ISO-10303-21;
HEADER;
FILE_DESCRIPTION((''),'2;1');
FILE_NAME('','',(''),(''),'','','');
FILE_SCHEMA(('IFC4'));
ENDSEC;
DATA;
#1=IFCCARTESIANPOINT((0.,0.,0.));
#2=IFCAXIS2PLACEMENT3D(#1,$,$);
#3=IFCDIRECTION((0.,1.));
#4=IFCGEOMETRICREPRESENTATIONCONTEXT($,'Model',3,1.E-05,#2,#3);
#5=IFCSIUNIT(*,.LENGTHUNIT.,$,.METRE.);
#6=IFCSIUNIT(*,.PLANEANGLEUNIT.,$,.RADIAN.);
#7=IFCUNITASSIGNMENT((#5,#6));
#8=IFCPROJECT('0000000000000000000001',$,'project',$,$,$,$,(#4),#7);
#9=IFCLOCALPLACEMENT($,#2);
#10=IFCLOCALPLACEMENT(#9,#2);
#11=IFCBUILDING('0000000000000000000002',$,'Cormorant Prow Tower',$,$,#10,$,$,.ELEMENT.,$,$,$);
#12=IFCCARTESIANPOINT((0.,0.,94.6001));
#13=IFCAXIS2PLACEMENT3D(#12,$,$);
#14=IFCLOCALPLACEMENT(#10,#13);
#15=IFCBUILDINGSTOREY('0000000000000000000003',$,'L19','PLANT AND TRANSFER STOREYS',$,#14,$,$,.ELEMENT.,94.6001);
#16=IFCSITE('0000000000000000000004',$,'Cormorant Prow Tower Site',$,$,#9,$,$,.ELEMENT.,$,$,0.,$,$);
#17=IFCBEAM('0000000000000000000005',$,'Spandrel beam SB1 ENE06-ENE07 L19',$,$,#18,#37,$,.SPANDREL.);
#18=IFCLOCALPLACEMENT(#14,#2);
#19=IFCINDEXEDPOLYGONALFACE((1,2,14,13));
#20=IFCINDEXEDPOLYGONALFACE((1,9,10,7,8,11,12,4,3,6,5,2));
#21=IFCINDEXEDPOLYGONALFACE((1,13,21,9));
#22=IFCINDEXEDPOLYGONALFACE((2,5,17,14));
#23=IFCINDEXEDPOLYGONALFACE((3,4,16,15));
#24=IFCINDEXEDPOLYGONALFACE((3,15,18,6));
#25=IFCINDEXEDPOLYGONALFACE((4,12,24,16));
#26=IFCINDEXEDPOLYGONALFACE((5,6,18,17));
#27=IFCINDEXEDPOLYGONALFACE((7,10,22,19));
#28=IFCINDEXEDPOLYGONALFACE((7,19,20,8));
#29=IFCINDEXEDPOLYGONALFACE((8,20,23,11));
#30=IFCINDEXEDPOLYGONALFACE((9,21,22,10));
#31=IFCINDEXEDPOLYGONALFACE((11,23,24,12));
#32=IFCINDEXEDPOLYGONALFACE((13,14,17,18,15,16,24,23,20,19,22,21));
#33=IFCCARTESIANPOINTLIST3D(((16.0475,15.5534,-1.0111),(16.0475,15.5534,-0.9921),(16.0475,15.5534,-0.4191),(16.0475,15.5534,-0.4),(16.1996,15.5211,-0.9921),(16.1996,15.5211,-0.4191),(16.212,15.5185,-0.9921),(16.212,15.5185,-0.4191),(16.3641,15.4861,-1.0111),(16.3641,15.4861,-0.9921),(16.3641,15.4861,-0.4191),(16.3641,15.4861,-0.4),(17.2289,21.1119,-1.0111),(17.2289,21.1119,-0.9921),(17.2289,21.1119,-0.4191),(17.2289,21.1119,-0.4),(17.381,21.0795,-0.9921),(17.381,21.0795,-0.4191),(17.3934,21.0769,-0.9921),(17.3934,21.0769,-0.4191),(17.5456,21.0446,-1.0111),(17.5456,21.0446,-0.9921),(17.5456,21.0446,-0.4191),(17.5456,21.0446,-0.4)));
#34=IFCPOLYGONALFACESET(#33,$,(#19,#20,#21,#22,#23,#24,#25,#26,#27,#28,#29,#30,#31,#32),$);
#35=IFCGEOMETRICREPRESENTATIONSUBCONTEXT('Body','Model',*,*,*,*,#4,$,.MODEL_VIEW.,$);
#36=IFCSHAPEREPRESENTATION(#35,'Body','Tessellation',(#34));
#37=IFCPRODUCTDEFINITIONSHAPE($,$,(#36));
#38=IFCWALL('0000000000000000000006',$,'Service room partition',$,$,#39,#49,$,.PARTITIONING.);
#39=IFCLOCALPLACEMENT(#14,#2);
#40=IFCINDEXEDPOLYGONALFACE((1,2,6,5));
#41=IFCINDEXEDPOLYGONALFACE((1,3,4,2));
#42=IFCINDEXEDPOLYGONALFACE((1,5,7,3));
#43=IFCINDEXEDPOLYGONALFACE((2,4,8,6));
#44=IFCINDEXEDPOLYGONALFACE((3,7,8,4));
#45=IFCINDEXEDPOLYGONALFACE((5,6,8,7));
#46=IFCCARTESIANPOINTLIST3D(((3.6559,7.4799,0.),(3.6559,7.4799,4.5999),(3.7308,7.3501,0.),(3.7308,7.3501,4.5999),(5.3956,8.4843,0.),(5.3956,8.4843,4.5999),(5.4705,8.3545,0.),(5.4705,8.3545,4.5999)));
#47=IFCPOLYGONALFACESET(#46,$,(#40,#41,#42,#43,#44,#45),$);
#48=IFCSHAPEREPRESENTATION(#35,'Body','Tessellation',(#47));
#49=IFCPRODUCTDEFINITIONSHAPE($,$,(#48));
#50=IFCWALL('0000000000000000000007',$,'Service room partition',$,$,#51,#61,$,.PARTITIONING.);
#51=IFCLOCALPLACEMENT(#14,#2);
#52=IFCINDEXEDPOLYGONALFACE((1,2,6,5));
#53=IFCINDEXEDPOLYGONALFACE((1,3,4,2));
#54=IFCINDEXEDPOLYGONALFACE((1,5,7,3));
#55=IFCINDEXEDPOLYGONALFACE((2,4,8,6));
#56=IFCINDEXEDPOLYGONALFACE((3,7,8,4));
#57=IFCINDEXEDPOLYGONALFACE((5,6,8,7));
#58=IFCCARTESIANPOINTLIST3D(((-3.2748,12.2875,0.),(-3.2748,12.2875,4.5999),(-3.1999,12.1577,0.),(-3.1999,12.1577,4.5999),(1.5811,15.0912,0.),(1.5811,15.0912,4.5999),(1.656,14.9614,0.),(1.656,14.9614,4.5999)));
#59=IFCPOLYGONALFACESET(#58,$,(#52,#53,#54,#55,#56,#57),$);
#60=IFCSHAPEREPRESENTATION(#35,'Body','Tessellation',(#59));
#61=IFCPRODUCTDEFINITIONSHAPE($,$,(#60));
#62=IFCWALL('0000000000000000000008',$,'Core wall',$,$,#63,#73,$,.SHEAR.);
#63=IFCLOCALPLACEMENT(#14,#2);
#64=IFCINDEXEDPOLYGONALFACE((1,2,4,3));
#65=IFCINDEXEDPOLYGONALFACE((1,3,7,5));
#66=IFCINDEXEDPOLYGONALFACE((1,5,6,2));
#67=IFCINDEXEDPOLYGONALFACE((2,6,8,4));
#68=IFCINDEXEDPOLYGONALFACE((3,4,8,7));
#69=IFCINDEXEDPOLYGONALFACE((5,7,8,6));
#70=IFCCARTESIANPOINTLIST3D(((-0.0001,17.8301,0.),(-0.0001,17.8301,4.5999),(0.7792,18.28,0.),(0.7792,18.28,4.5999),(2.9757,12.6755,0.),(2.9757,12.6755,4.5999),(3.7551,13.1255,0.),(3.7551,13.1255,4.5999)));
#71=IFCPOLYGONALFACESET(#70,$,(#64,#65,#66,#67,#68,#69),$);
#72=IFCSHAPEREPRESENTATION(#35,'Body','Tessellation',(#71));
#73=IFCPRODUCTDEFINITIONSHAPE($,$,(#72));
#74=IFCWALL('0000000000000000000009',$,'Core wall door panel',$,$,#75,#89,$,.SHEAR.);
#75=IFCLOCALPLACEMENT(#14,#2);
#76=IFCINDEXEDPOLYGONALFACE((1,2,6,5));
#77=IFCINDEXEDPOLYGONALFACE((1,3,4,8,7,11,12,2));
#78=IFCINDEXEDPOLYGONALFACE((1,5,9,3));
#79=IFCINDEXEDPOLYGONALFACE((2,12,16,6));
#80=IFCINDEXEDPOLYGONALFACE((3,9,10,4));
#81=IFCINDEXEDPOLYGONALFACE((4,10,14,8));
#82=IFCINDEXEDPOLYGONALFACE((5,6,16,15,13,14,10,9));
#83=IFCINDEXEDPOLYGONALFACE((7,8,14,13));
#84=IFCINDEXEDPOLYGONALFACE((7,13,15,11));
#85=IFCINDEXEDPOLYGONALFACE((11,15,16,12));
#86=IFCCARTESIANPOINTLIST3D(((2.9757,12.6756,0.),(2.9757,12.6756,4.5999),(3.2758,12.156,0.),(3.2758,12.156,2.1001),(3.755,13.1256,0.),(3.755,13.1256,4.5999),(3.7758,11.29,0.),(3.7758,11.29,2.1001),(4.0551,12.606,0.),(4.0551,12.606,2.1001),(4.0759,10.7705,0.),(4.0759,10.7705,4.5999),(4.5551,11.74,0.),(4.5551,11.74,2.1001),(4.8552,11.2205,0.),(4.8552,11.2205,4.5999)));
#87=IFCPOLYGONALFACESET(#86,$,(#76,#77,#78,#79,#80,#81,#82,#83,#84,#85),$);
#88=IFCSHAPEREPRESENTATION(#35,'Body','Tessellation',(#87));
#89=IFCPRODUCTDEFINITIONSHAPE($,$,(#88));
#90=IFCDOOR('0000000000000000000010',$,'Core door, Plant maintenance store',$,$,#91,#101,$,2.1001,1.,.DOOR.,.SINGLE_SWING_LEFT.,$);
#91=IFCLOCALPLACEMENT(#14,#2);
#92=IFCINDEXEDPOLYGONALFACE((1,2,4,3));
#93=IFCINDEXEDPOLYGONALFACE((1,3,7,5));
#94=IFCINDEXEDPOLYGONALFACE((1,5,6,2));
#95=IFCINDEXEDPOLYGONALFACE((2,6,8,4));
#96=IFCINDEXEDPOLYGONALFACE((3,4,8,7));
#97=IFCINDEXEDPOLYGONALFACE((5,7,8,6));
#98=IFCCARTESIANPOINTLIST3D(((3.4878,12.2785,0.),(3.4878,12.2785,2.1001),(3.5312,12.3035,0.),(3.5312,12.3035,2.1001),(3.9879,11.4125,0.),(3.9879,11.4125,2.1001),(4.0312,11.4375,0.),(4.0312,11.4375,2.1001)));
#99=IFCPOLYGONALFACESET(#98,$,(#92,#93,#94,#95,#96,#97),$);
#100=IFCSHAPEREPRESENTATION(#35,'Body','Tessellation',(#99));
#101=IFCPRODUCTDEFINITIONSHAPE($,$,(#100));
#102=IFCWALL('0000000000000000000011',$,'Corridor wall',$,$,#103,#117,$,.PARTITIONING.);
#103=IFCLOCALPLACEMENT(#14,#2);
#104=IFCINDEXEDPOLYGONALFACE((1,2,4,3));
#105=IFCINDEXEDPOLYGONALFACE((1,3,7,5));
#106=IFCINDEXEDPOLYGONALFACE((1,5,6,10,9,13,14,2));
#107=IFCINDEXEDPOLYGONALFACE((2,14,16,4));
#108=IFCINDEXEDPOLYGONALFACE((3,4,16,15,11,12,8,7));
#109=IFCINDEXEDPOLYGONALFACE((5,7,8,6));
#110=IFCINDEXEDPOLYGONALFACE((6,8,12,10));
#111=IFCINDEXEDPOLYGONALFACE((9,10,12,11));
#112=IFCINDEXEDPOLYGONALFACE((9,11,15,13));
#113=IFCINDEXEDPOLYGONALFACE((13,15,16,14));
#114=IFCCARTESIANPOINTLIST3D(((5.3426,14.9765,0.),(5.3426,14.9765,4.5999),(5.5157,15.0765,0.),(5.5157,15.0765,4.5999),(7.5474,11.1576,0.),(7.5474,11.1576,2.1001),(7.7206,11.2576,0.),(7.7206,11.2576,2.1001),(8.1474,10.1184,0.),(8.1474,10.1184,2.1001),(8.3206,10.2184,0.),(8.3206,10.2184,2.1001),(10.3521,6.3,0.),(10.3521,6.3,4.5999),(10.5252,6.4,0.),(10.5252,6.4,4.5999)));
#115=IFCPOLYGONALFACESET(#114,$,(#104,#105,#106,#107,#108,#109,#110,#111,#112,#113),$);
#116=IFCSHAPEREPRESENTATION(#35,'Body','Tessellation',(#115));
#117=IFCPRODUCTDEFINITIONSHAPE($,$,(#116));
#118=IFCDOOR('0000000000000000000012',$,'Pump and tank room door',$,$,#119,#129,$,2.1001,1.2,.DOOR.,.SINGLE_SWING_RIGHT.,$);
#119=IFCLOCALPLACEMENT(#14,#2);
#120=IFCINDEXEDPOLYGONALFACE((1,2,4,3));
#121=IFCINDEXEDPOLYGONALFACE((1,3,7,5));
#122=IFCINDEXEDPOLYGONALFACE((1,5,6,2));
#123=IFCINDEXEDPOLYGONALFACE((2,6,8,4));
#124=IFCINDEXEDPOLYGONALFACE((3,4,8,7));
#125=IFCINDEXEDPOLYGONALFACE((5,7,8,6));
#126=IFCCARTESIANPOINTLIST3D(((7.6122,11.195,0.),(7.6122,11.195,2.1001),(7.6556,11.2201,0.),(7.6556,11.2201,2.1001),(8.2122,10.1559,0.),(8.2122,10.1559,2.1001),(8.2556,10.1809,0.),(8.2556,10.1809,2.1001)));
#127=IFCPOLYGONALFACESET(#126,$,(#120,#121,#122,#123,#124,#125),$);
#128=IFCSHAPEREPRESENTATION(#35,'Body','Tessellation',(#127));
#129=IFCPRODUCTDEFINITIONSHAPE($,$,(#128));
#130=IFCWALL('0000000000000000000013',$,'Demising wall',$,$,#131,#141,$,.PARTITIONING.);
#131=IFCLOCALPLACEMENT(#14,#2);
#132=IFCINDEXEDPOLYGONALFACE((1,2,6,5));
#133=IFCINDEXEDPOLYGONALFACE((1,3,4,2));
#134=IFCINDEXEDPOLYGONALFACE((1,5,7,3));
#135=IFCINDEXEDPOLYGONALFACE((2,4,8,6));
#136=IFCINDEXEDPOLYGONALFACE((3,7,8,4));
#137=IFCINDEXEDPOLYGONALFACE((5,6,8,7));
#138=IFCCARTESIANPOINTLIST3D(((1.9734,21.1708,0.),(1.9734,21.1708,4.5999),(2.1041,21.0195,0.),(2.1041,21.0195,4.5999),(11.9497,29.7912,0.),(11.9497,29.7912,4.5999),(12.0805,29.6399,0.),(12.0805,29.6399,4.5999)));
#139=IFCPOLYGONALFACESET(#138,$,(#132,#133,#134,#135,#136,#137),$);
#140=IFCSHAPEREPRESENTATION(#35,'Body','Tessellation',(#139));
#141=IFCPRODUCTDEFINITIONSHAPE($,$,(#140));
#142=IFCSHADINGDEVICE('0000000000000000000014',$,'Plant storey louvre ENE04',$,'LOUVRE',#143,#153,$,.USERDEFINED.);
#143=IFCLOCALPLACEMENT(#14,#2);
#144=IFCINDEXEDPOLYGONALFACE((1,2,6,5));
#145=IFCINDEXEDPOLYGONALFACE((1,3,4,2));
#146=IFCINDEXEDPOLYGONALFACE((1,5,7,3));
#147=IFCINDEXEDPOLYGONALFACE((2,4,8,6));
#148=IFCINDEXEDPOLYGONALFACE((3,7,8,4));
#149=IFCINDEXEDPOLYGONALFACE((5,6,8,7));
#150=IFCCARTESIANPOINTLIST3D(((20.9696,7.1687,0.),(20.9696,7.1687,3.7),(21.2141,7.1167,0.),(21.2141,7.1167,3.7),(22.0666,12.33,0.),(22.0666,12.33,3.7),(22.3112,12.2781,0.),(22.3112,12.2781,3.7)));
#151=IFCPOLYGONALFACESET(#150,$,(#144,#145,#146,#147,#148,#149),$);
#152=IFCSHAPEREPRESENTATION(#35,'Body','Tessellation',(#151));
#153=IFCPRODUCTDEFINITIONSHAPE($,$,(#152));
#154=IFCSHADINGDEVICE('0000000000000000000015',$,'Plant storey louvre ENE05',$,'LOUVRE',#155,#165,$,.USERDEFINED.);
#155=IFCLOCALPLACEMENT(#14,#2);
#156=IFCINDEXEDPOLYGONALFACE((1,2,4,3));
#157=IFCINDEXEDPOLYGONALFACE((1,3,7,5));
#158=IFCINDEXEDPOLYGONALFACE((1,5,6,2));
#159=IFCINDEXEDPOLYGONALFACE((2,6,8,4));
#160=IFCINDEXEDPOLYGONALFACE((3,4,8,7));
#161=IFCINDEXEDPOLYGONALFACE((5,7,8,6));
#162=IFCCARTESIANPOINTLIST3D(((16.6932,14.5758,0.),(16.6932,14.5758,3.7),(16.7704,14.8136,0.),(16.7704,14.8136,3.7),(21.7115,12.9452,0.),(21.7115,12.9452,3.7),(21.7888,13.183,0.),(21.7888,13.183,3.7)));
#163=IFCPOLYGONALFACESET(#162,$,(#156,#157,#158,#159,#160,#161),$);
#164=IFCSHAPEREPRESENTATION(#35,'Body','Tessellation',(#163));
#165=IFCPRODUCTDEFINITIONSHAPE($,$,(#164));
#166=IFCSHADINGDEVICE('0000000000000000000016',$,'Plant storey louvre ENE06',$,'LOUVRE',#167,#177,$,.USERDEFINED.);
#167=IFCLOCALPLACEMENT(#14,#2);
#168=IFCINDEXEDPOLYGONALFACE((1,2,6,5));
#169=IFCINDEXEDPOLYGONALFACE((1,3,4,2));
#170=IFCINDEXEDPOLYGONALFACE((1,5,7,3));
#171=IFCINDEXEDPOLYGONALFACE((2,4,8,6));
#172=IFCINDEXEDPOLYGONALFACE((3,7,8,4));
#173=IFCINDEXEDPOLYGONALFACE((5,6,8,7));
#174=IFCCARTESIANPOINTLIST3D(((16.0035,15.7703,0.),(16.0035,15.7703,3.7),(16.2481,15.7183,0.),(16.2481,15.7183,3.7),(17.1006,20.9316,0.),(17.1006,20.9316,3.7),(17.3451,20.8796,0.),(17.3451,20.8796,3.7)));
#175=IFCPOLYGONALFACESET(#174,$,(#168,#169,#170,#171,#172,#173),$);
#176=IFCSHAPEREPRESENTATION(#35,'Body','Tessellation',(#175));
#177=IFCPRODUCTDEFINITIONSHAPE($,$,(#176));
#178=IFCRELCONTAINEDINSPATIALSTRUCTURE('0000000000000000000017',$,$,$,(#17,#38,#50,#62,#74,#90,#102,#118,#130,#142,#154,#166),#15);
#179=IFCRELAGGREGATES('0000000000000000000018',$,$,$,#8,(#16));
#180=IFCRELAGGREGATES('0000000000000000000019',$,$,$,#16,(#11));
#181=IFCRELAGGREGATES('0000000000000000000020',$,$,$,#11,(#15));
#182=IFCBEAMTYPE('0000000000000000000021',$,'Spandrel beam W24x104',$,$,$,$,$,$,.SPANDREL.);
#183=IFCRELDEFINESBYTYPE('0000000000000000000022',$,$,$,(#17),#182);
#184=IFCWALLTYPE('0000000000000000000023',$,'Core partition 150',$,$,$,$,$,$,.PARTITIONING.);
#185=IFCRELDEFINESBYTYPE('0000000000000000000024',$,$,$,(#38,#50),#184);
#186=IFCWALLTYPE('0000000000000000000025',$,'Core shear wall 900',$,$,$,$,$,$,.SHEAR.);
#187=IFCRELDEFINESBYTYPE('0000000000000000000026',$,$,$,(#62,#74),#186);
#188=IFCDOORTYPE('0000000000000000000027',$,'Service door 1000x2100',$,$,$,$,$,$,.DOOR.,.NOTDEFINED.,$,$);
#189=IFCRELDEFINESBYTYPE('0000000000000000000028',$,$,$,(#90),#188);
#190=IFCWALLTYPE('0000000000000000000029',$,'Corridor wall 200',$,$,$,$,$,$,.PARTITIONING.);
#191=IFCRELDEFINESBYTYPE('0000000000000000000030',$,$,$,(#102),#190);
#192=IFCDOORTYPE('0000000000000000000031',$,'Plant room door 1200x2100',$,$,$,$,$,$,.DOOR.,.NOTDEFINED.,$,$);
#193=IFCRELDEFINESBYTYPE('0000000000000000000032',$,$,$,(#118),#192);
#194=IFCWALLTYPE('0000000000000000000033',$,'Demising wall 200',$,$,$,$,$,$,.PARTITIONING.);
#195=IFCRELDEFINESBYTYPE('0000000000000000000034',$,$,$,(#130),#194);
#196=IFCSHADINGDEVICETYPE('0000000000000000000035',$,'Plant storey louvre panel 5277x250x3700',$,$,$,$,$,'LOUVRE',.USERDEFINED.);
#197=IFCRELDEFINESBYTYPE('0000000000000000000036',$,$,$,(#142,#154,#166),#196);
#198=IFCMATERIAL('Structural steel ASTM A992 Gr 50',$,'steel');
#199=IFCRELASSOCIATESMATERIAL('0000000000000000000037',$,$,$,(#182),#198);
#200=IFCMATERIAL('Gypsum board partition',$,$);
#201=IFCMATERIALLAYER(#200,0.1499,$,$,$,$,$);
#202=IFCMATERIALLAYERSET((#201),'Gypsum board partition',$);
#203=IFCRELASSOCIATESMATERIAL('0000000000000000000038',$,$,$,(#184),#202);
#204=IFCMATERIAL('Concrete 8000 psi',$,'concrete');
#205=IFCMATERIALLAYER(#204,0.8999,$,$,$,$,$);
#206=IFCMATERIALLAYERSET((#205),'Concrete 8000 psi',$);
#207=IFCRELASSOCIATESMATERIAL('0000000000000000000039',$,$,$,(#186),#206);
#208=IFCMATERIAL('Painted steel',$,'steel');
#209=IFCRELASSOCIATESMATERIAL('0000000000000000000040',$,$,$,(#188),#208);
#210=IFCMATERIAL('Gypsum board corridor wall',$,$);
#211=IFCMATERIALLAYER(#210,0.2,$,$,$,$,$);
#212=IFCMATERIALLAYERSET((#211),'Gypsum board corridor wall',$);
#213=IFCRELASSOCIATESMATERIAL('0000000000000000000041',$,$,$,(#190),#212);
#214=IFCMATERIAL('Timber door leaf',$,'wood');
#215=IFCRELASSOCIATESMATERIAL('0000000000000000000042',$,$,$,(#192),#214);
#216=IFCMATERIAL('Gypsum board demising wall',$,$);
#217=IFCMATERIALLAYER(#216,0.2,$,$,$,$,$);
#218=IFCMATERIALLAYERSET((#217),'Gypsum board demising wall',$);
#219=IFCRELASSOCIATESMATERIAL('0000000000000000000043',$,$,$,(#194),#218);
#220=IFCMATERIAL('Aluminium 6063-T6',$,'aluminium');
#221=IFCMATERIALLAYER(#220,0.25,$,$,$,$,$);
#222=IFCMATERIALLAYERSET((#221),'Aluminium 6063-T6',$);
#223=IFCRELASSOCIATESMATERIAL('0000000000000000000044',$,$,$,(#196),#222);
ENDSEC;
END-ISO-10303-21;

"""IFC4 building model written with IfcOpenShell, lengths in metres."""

from ifc_helpers import new_model, si_unit, direction, frame, frame_2d, origin, origin_2d, place, context, subcontext, project, spatial, rectangle, i_section, extrude, material, layer, layer_set, material_profile, profile_set, type_object, element, fill, save


model = new_model("IFC4")

# Units and contexts
model_context = context("Model", 3, precision=1e-05, world=origin(), true_north=direction((0.0, 1.0)))
body_context = subcontext(model_context, "Body", "Model", "MODEL_VIEW")
ifc_project = project(units=[si_unit("LENGTHUNIT", "METRE"), si_unit("PLANEANGLEUNIT", "RADIAN")], contexts=[model_context])

# Site, building, storey
site_placement = place(None, origin())
site = spatial("IfcSite", under=ifc_project, at=site_placement, Name="Cormorant Prow Tower Site", CompositionType="ELEMENT", RefElevation=0.0)
building_placement = place(site_placement, origin())
building = spatial("IfcBuilding", under=site, at=building_placement, Name="Cormorant Prow Tower", CompositionType="ELEMENT")
storey_placement = place(building_placement, frame((0.0, 0.0, 94.6001)))
storey = spatial("IfcBuildingStorey", under=building, at=storey_placement, Name="L19", Description="PLANT AND TRANSFER STOREYS", CompositionType="ELEMENT", Elevation=94.6001)

# Beam
ifc_material_1 = material(Name="Structural steel ASTM A992 Gr 50", Category="steel")
ifc_material_profile_1 = material_profile(ifc_material_1, i_section(OverallWidth=0.3237, OverallDepth=0.6111, WebThickness=0.0127, FlangeThickness=0.019, at=origin_2d()), Name="W24x104")
ifc_profile_set_1 = profile_set([ifc_material_profile_1], Name="Structural steel ASTM A992 Gr 50")
beam_type_1 = type_object("IfcBeamType", Name="Spandrel beam W24x104", PredefinedType="SPANDREL", material=ifc_profile_set_1)
beam_1_placement = place(storey_placement, frame((16.2058, 15.5198, -0.7056), z_axis=(0.2079, 0.97815, 0.0), x_axis=(-0.97815, 0.2079, 0.0)))
element("IfcBeam", 1, at=beam_1_placement, inside=storey, type_object=beam_type_1, Name="Spandrel beam SB1 ENE06-ENE07 L19", PredefinedType="SPANDREL", context=body_context, shape_type="SweptSolid", body=[
    extrude(i_section(OverallWidth=0.3237, OverallDepth=0.6111, WebThickness=0.0127, FlangeThickness=0.019, at=origin_2d()), origin(), (0.0, 0.0, 1.0), 5.6826),
])

# Walls
ifc_material_2 = material(Name="Gypsum board partition")
ifc_layer_1 = layer(ifc_material_2, 0.1499)
ifc_layer_set_1 = layer_set([ifc_layer_1], Name="Gypsum board partition")
wall_type_1 = type_object("IfcWallType", Name="Core partition 150", PredefinedType="PARTITIONING", material=ifc_layer_set_1)
wall_1_placement = place(storey_placement, frame((3.6934, 7.415, 0.0), z_axis=(0.0, 0.0, 1.0), x_axis=(0.866036, 0.499982, 0.0)))
element("IfcWall", 2, at=wall_1_placement, inside=storey, type_object=wall_type_1, Name="Service room partition", PredefinedType="PARTITIONING", context=body_context, shape_type="SweptSolid", body=[
    extrude(rectangle(XDim=2.0088, YDim=0.1499, at=frame_2d((1.0044, 0.0))), origin(), (0.0, 0.0, 1.0), 4.5999),
])
wall_2_placement = place(storey_placement, frame((1.6187, 15.0264, 0.0), z_axis=(0.0, 0.0, 1.0), x_axis=(-0.866016, -0.500016, 0.0)))
element("IfcWall", 3, at=wall_2_placement, inside=storey, type_object=wall_type_1, Name="Service room partition", PredefinedType="PARTITIONING", context=body_context, shape_type="SweptSolid", body=[
    extrude(rectangle(XDim=5.6072, YDim=0.1499, at=frame_2d((2.8037, 0.0))), origin(), (0.0, 0.0, 1.0), 4.5999),
])
ifc_material_3 = material(Name="Concrete 8000 psi", Category="concrete")
ifc_layer_2 = layer(ifc_material_3, 0.8999)
ifc_layer_set_2 = layer_set([ifc_layer_2], Name="Concrete 8000 psi")
wall_type_2 = type_object("IfcWallType", Name="Core shear wall 900", PredefinedType="SHEAR", material=ifc_layer_set_2)
wall_3_placement = place(storey_placement, frame((3.3655, 12.9004, 0.0), z_axis=(0.0, 0.0, 1.0), x_axis=(-0.499982, 0.866036, 0.0)))
element("IfcWall", 4, at=wall_3_placement, inside=storey, type_object=wall_type_2, Name="Core wall", PredefinedType="SHEAR", context=body_context, shape_type="SweptSolid", body=[
    extrude(rectangle(XDim=5.9519, YDim=0.8999, at=frame_2d((2.9761, 0.0))), origin(), (0.0, 0.0, 1.0), 4.5999),
])

# Walls, openings, doors
wall_4_placement = place(storey_placement, frame((4.4656, 10.9954, 0.0), z_axis=(0.0, 0.0, 1.0), x_axis=(-0.500078, 0.86598, 0.0)))
wall_4 = element("IfcWall", 5, at=wall_4_placement, inside=storey, type_object=wall_type_2, Name="Core wall door panel", PredefinedType="SHEAR", context=body_context, shape_type="SweptSolid", body=[
    extrude(rectangle(XDim=2.2, YDim=0.8999, at=frame_2d((1.1001, 0.0))), origin(), (0.0, 0.0, 1.0), 4.5999),
])
opening_1_placement = place(wall_4_placement, frame((0.6001, 0.0, 0.0)))
opening_1 = element("IfcOpeningElement", 6, at=opening_1_placement, cuts=wall_4, PredefinedType="OPENING", context=body_context, shape_type="SweptSolid", body=[
    extrude(rectangle(XDim=1.0, YDim=2.1001, at=frame_2d((0.5, 1.05))), frame((0.0, 0.46, 0.0), z_axis=(0.0, -1.0, 0.0), x_axis=(1.0, 0.0, 0.0)), (0.0, 0.0, 1.0), 0.9199),
])
ifc_material_4 = material(Name="Painted steel", Category="steel")
door_type_1 = type_object("IfcDoorType", Name="Service door 1000x2100", OperationType="NOTDEFINED", PredefinedType="DOOR", material=ifc_material_4)
door_1_placement = place(opening_1_placement, origin())
door_1 = element("IfcDoor", 7, at=door_1_placement, inside=storey, type_object=door_type_1, Name="Core door, Plant maintenance store", OperationType="SINGLE_SWING_LEFT", OverallHeight=2.1001, OverallWidth=1.0, PredefinedType="DOOR", context=body_context, shape_type="SweptSolid", body=[
    extrude(rectangle(XDim=1.0, YDim=2.1001, at=frame_2d((0.5, 1.05))), frame((0.0, 0.2051, 0.0), z_axis=(0.0, -1.0, 0.0), x_axis=(1.0, 0.0, 0.0)), (0.0, 0.0, 1.0), 0.05),
])
fill(opening_1, door_1)
ifc_material_5 = material(Name="Gypsum board corridor wall")
ifc_layer_3 = layer(ifc_material_5, 0.2)
ifc_layer_set_3 = layer_set([ifc_layer_3], Name="Gypsum board corridor wall")
wall_type_3 = type_object("IfcWallType", Name="Corridor wall 200", PredefinedType="PARTITIONING", material=ifc_layer_set_3)
wall_5_placement = place(storey_placement, frame((5.4292, 15.0264, 0.0), z_axis=(0.0, 0.0, 1.0), x_axis=(0.50001, -0.86602, 0.0)))
wall_5 = element("IfcWall", 8, at=wall_5_placement, inside=storey, type_object=wall_type_3, Name="Corridor wall", PredefinedType="PARTITIONING", context=body_context, shape_type="SweptSolid", body=[
    extrude(rectangle(XDim=10.0188, YDim=0.2, at=frame_2d((5.0093, 0.0))), origin(), (0.0, 0.0, 1.0), 4.5999),
])
opening_2_placement = place(wall_5_placement, frame((4.4094, 0.0, 0.0)))
opening_2 = element("IfcOpeningElement", 9, at=opening_2_placement, cuts=wall_5, PredefinedType="OPENING", context=body_context, shape_type="SweptSolid", body=[
    extrude(rectangle(XDim=1.2, YDim=2.1001, at=frame_2d((0.6001, 1.05))), frame((0.0, 0.1099, 0.0), z_axis=(0.0, -1.0, 0.0), x_axis=(1.0, 0.0, 0.0)), (0.0, 0.0, 1.0), 0.22),
])
ifc_material_6 = material(Name="Timber door leaf", Category="wood")
door_type_2 = type_object("IfcDoorType", Name="Plant room door 1200x2100", OperationType="NOTDEFINED", PredefinedType="DOOR", material=ifc_material_6)
door_2_placement = place(opening_2_placement, origin())
door_2 = element("IfcDoor", 10, at=door_2_placement, inside=storey, type_object=door_type_2, Name="Pump and tank room door", OperationType="SINGLE_SWING_RIGHT", OverallHeight=2.1001, OverallWidth=1.2, PredefinedType="DOOR", context=body_context, shape_type="SweptSolid", body=[
    extrude(rectangle(XDim=1.2, YDim=2.1001, at=frame_2d((0.6001, 1.05))), frame((0.0, 0.0249, 0.0), z_axis=(0.0, -1.0, 0.0), x_axis=(1.0, 0.0, 0.0)), (0.0, 0.0, 1.0), 0.05),
])
fill(opening_2, door_2)

# Wall
ifc_material_7 = material(Name="Gypsum board demising wall")
ifc_layer_4 = layer(ifc_material_7, 0.2)
ifc_layer_set_4 = layer_set([ifc_layer_4], Name="Gypsum board demising wall")
wall_type_4 = type_object("IfcWallType", Name="Demising wall 200", PredefinedType="PARTITIONING", material=ifc_layer_set_4)
wall_6_placement = place(storey_placement, frame((2.0388, 21.0952, 0.0), z_axis=(0.0, 0.0, 1.0), x_axis=(0.756656, 0.653813, 0.0)))
element("IfcWall", 11, at=wall_6_placement, inside=storey, type_object=wall_type_4, Name="Demising wall", PredefinedType="PARTITIONING", context=body_context, shape_type="SweptSolid", body=[
    extrude(rectangle(XDim=13.1848, YDim=0.2, at=frame_2d((6.5923, 0.0))), origin(), (0.0, 0.0, 1.0), 4.5999),
])

# Shading devices
ifc_material_8 = material(Name="Aluminium 6063-T6", Category="aluminium")
ifc_layer_5 = layer(ifc_material_8, 0.25)
ifc_layer_set_5 = layer_set([ifc_layer_5], Name="Aluminium 6063-T6")
shading_device_type = type_object("IfcShadingDeviceType", Name="Plant storey louvre panel 5277x250x3700", ElementType="LOUVRE", PredefinedType="USERDEFINED", material=ifc_layer_set_5)
for number, where, z_axis, x_axis, name in (
    (12, (21.6404, 9.7234, 0.0), (0.0, 0.0, 1.0), (0.207912, 0.978148, 0.0), "Plant storey louvre ENE04"),
    (13, (19.241, 13.8794, 0.0), (0.0, 0.0, 1.0), (-0.951056, 0.309017, 0.0), "Plant storey louvre ENE05"),
    (14, (16.6743, 18.325, 0.0), (0.0, 0.0, 1.0), (0.207912, 0.978148, 0.0), "Plant storey louvre ENE06"),
):
    element("IfcShadingDevice", number, at=place(storey_placement, frame(where, z_axis=z_axis, x_axis=x_axis)), inside=storey, type_object=shading_device_type, Name=name, ObjectType="LOUVRE", PredefinedType="USERDEFINED", context=body_context, shape_type="SweptSolid", body=[
        extrude(rectangle(XDim=5.2766, YDim=0.25, at=origin_2d()), origin(), (0.0, 0.0, 1.0), 3.7),
    ])

save(model, "model.ifc")
